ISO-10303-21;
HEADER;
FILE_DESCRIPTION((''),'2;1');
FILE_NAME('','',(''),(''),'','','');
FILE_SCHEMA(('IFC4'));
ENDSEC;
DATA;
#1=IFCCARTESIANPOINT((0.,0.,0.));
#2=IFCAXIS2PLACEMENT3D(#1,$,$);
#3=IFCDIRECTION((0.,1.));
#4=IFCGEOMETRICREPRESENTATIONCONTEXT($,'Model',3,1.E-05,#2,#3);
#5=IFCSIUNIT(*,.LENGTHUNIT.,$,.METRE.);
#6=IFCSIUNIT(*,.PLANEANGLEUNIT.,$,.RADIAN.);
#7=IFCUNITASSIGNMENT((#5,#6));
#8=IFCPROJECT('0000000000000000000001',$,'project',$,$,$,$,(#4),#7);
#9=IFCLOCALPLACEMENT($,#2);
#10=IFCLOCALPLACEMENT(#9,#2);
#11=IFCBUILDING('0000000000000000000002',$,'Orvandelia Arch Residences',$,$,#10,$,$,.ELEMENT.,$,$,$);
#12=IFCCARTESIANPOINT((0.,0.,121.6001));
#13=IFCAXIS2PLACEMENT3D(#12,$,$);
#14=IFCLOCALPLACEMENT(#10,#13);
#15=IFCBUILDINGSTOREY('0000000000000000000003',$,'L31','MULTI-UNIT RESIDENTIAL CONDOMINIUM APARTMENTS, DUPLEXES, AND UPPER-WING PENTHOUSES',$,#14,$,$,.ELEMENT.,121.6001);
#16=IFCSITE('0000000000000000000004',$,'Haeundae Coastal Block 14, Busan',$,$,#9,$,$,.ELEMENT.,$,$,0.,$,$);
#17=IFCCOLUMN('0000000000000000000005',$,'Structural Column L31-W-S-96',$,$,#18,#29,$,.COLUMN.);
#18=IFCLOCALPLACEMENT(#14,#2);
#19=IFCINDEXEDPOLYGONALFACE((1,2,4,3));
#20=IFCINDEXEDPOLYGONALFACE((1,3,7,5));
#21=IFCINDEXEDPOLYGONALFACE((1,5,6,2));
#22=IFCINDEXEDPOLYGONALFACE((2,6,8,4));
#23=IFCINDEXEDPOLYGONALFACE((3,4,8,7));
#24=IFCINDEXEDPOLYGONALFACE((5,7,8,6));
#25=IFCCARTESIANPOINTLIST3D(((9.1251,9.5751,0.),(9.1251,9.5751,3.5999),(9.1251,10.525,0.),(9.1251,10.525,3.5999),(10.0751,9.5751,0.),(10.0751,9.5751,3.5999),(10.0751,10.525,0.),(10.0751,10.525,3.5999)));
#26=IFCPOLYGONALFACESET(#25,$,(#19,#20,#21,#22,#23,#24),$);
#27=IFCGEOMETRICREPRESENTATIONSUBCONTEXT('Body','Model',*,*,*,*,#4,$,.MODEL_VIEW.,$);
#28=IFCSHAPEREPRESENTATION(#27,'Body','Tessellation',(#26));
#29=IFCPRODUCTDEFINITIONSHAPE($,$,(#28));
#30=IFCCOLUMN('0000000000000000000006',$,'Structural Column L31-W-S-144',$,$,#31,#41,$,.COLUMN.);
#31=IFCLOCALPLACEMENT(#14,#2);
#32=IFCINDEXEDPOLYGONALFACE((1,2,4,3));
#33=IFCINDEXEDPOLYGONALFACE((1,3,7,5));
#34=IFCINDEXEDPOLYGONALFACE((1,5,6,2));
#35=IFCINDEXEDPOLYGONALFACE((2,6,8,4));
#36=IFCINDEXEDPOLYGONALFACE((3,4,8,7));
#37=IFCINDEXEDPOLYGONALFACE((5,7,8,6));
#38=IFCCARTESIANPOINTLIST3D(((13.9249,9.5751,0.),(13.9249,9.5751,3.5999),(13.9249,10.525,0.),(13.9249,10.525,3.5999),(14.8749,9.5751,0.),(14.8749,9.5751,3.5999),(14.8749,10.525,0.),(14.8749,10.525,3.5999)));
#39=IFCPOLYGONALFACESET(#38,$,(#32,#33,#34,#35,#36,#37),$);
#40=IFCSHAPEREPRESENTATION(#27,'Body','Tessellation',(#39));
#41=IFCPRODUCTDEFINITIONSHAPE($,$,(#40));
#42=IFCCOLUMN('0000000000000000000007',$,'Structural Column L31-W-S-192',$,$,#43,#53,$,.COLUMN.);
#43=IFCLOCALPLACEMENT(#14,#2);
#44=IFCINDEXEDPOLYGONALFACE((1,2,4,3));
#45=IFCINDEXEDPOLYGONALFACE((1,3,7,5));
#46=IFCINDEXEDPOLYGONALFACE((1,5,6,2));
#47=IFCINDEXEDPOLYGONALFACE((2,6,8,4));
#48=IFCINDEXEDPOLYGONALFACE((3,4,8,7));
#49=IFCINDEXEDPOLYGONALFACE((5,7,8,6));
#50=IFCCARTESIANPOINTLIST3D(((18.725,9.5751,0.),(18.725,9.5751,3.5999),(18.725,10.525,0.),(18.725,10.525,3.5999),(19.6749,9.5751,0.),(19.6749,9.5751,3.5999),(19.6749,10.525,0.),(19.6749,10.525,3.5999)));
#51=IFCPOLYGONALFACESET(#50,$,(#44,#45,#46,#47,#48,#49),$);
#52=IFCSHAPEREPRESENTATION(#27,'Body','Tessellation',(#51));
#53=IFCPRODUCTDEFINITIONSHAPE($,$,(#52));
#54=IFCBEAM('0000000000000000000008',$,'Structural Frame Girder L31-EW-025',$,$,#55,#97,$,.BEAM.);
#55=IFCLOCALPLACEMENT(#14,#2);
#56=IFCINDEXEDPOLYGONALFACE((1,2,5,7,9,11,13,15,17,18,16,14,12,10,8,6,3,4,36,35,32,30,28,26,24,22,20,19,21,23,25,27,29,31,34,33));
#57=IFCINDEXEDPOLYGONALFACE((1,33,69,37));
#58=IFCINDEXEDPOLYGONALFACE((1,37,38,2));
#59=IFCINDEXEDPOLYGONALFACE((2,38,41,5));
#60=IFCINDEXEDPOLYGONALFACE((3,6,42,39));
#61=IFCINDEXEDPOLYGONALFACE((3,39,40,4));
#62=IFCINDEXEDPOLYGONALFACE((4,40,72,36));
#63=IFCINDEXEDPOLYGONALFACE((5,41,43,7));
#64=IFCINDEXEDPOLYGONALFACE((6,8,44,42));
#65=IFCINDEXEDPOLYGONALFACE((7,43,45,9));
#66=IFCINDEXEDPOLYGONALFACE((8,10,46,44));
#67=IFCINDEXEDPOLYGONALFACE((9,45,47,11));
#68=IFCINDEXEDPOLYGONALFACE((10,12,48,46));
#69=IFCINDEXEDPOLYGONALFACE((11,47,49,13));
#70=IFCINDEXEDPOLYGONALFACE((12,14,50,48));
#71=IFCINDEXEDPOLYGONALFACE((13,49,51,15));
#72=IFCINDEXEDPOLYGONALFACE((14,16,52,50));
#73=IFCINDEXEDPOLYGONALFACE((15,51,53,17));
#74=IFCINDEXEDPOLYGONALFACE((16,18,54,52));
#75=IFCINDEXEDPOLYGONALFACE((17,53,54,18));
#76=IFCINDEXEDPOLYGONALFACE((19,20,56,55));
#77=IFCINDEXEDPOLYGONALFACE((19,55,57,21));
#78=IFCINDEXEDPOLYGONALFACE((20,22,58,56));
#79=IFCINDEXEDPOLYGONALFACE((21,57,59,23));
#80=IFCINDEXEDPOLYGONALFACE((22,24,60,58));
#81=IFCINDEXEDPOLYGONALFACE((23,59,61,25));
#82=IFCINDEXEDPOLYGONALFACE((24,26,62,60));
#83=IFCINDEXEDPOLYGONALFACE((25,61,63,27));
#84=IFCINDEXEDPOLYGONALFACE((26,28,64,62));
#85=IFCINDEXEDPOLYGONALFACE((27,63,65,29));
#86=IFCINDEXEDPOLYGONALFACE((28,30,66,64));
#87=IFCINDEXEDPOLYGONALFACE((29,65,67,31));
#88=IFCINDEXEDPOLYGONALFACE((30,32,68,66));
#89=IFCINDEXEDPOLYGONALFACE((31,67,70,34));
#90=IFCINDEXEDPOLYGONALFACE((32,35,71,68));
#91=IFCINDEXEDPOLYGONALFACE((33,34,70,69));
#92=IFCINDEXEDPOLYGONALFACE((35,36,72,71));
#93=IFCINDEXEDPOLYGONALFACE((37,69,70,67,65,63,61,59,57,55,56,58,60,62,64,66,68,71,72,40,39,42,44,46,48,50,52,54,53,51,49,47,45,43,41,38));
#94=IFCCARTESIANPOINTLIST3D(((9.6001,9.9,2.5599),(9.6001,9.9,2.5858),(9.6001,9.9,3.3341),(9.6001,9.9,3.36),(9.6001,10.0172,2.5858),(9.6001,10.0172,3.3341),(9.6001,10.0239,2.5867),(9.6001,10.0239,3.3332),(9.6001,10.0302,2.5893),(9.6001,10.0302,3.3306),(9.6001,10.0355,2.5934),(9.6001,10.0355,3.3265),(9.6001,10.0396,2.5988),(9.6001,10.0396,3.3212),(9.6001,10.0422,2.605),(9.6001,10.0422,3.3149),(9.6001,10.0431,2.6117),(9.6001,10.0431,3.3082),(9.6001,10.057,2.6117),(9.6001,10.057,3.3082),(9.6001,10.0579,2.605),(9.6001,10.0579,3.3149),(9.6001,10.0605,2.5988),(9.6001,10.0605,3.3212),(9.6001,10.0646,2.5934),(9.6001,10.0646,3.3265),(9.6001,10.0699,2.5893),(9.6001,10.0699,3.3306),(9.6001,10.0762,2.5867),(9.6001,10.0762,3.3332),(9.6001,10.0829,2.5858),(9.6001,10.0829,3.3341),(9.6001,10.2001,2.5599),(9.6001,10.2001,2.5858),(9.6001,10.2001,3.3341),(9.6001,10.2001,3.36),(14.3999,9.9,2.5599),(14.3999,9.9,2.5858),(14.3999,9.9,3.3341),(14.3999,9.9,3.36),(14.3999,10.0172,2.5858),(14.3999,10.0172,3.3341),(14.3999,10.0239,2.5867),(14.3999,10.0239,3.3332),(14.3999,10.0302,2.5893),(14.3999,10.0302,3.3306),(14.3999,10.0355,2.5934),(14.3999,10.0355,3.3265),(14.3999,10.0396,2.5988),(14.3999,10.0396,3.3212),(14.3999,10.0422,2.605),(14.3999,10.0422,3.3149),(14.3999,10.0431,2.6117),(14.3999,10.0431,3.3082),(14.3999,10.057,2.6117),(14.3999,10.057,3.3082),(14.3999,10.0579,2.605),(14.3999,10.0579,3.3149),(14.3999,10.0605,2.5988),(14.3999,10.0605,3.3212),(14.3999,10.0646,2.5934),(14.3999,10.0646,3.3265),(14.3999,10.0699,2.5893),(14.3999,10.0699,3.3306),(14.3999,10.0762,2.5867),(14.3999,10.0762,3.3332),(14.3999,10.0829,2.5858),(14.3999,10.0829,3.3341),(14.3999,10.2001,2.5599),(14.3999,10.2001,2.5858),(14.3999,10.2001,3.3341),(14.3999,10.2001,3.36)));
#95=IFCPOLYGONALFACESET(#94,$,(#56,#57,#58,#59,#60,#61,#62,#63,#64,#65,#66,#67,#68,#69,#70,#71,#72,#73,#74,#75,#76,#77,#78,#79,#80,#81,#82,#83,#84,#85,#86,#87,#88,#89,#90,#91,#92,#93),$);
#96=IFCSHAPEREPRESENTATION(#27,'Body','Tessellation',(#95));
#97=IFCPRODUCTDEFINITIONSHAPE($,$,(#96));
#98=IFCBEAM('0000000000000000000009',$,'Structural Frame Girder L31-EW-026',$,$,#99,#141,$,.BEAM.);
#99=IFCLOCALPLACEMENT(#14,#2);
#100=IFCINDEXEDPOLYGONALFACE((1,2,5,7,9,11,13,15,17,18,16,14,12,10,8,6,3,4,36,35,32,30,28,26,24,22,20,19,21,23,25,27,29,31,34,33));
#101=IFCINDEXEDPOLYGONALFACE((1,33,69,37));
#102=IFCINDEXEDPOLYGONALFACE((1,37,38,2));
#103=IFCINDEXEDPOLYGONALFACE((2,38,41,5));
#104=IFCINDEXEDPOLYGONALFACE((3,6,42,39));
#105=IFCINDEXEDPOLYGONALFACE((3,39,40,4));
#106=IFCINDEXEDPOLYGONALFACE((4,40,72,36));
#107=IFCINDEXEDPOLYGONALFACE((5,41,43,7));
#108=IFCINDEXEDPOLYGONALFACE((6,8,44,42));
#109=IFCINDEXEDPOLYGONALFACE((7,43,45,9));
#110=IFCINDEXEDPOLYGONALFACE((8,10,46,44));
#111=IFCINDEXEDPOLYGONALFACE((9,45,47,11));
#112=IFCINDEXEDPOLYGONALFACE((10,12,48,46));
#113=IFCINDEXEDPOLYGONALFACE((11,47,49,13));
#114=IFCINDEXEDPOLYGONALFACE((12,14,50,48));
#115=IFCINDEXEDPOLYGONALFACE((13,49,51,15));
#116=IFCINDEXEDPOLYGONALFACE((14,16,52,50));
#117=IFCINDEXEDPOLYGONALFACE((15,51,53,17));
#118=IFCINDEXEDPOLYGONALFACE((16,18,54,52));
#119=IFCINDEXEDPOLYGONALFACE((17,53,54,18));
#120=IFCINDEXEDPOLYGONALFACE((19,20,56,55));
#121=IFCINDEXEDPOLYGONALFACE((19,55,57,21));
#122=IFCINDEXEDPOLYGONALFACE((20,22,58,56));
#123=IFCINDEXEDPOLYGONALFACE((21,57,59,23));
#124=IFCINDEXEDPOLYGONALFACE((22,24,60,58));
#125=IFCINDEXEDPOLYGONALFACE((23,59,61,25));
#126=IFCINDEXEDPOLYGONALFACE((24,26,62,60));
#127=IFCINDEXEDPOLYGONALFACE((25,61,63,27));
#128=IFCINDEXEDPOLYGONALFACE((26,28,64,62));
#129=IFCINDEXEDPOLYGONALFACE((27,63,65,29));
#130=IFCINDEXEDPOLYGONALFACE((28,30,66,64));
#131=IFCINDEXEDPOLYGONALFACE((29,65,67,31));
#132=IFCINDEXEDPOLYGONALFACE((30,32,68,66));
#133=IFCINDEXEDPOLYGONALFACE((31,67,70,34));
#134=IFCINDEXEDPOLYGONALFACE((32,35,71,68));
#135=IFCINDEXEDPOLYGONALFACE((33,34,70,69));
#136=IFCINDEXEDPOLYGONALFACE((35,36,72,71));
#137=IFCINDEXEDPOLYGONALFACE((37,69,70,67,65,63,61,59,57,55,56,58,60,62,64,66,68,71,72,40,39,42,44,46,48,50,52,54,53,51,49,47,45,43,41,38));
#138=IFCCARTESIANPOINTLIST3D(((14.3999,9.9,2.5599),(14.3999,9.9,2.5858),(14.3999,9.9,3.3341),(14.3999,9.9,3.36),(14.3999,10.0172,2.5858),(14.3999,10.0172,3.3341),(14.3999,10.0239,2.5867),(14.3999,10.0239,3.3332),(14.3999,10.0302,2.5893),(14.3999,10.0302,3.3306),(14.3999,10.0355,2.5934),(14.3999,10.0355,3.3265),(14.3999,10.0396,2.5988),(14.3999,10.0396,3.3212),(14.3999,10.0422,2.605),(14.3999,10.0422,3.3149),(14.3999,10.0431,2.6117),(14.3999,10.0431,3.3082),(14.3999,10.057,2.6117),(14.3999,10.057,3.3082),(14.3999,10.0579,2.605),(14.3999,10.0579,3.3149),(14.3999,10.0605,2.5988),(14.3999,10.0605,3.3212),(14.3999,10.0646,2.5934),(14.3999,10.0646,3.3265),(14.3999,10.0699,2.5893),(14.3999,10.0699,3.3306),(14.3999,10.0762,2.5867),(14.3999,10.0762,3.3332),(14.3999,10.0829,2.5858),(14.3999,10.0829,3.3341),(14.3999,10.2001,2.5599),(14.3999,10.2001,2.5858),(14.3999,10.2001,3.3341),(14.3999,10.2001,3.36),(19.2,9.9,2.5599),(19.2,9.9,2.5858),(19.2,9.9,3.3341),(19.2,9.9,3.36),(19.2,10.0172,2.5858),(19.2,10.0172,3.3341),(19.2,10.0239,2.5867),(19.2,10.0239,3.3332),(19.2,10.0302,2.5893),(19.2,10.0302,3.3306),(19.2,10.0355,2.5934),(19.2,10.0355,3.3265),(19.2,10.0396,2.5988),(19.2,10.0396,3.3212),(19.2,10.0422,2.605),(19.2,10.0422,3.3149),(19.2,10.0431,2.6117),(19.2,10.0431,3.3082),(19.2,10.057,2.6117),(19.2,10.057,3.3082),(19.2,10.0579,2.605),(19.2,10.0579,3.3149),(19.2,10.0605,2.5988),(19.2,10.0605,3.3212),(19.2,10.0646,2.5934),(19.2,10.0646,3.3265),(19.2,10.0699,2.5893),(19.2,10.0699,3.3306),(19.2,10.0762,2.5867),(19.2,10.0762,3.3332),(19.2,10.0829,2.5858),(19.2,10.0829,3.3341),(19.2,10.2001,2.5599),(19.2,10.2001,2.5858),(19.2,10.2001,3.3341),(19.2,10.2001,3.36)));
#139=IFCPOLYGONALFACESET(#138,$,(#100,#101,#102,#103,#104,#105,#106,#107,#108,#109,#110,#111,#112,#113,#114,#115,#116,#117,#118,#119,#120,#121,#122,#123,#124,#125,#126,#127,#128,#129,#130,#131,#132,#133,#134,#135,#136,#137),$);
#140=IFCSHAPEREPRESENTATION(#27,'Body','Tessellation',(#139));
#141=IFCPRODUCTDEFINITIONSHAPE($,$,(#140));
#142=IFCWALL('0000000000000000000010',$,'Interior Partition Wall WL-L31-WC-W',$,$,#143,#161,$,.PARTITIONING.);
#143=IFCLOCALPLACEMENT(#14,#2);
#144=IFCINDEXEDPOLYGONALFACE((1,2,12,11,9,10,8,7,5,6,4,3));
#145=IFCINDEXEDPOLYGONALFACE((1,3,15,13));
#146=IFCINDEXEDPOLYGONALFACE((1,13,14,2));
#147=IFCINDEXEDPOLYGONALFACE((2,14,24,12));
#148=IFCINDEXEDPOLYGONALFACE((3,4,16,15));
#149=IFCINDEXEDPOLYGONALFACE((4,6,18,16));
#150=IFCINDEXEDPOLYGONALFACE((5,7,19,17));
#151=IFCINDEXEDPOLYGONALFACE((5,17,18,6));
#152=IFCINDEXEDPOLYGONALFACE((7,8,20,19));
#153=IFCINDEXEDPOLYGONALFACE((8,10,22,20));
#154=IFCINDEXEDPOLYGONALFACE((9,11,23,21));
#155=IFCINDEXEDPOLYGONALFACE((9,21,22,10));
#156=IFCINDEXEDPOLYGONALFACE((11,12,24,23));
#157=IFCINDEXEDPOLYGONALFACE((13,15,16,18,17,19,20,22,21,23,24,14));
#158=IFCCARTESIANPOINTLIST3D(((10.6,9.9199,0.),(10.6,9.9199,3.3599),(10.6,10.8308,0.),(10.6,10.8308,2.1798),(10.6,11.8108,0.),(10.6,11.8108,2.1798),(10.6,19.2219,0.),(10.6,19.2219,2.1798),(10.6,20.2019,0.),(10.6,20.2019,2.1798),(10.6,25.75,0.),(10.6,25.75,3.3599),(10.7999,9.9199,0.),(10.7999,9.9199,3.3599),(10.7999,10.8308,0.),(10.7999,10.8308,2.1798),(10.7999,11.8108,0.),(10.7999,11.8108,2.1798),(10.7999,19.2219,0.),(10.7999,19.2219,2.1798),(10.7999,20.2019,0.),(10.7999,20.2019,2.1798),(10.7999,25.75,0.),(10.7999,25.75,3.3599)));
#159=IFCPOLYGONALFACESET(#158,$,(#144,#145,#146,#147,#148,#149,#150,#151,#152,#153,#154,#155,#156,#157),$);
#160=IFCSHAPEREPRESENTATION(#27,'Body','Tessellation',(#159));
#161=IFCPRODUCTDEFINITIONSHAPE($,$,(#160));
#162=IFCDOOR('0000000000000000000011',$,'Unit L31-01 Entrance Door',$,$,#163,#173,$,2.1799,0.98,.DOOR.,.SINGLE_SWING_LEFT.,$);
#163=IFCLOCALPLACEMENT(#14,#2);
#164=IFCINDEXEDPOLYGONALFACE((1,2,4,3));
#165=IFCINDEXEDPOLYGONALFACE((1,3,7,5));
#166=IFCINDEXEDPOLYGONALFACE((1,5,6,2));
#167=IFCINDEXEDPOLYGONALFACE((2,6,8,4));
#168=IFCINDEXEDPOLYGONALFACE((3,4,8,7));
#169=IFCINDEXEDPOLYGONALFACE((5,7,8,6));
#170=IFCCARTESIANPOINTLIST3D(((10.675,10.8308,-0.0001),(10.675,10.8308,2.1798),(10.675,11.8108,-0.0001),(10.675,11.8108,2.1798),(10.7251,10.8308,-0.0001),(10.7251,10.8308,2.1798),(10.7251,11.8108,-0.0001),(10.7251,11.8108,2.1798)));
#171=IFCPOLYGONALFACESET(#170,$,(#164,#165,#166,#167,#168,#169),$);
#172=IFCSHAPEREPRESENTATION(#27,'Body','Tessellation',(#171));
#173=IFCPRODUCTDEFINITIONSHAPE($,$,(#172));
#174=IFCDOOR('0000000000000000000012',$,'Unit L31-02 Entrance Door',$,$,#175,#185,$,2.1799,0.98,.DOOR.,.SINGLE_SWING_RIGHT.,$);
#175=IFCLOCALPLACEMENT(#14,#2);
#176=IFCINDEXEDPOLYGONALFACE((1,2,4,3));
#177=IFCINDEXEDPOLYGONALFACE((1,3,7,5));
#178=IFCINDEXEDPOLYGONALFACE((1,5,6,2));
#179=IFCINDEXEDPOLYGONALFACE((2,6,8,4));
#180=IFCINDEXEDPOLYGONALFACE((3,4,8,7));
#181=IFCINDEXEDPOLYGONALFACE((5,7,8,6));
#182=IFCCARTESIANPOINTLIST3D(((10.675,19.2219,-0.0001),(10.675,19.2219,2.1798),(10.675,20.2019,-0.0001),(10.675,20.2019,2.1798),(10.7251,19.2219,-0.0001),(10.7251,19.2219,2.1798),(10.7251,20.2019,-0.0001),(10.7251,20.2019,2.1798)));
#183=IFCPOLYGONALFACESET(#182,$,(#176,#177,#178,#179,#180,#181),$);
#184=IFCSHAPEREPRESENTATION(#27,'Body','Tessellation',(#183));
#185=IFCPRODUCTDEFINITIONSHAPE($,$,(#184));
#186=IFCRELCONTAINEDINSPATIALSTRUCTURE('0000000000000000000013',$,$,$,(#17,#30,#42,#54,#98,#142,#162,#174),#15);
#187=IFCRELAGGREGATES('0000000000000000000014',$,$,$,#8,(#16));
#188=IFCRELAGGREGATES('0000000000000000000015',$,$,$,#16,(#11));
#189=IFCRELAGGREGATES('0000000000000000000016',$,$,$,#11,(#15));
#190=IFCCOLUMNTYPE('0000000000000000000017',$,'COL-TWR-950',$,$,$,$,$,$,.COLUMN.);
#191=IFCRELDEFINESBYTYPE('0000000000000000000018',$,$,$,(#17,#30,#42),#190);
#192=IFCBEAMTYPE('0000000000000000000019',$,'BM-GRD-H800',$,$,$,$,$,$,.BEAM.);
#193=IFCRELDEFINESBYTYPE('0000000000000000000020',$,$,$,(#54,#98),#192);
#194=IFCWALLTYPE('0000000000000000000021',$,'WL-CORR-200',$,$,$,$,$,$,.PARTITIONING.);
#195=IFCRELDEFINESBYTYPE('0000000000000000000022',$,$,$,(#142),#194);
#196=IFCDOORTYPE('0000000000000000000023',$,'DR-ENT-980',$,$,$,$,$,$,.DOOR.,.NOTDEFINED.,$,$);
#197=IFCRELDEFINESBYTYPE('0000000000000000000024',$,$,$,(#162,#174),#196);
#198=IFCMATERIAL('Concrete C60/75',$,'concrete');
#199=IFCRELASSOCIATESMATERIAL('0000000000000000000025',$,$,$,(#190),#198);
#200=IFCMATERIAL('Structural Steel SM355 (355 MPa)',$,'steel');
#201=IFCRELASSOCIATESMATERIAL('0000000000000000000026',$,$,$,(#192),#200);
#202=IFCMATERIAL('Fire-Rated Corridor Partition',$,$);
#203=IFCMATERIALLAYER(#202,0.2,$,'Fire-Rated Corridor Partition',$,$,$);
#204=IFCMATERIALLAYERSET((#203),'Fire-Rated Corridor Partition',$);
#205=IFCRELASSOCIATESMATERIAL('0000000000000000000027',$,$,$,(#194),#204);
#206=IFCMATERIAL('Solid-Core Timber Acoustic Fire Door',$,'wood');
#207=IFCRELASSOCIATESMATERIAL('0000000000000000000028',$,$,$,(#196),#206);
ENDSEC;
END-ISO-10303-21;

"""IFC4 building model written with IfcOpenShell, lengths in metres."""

from ifc_helpers import new_model, si_unit, direction, frame, frame_2d, origin, origin_2d, place, context, subcontext, project, spatial, rectangle, i_section, extrude, material, layer, layer_set, material_profile, profile_set, type_object, element, fill, save


model = new_model("IFC4")

# Units and contexts
model_context = context("Model", 3, precision=1e-05, world=origin(), true_north=direction((0.0, 1.0)))
body_context = subcontext(model_context, "Body", "Model", "MODEL_VIEW")
ifc_project = project(units=[si_unit("LENGTHUNIT", "METRE"), si_unit("PLANEANGLEUNIT", "RADIAN")], contexts=[model_context])

# Site, building, storey
site_placement = place(None, origin())
site = spatial("IfcSite", under=ifc_project, at=site_placement, Name="Haeundae Coastal Block 14, Busan", CompositionType="ELEMENT", RefElevation=0.0)
building_placement = place(site_placement, origin())
building = spatial("IfcBuilding", under=site, at=building_placement, Name="Orvandelia Arch Residences", CompositionType="ELEMENT")
storey_placement = place(building_placement, frame((0.0, 0.0, 121.6001)))
storey = spatial("IfcBuildingStorey", under=building, at=storey_placement, Name="L31", Description="MULTI-UNIT RESIDENTIAL CONDOMINIUM APARTMENTS, DUPLEXES, AND UPPER-WING PENTHOUSES", CompositionType="ELEMENT", Elevation=121.6001)

# Columns
ifc_material_1 = material(Name="Concrete C60/75", Category="concrete")
ifc_material_profile_1 = material_profile(ifc_material_1, rectangle(XDim=0.95, YDim=0.95, at=origin_2d()), Name="Concrete C60/75", Category="concrete")
ifc_profile_set_1 = profile_set([ifc_material_profile_1], Name="Concrete C60/75")
column_type = type_object("IfcColumnType", Name="COL-TWR-950", PredefinedType="COLUMN", material=ifc_profile_set_1)
for number, where, z_axis, x_axis, name in (
    (1, (9.6001, 10.05, 0.0), (0.0, 0.0, 1.0), (1.0, 0.0, 0.0), "Structural Column L31-W-S-96"),
    (2, (14.3999, 10.05, 0.0), (0.0, 0.0, 1.0), (1.0, 0.0, 0.0), "Structural Column L31-W-S-144"),
    (3, (19.2, 10.05, 0.0), (0.0, 0.0, 1.0), (1.0, 0.0, 0.0), "Structural Column L31-W-S-192"),
):
    element("IfcColumn", number, at=place(storey_placement, frame(where, z_axis=z_axis, x_axis=x_axis)), inside=storey, type_object=column_type, Name=name, PredefinedType="COLUMN", context=body_context, shape_type="SweptSolid", body=[
        extrude(rectangle(XDim=0.95, YDim=0.95, at=origin_2d()), origin(), (0.0, 0.0, 1.0), 3.5999),
    ])

# Beams
ifc_material_2 = material(Name="Structural Steel SM355 (355 MPa)", Category="steel")
ifc_material_profile_2 = material_profile(ifc_material_2, i_section(OverallWidth=0.3, OverallDepth=0.8, WebThickness=0.0139, FlangeThickness=0.0259, FilletRadius=0.0259, at=origin_2d()), Name="Structural Steel SM355 (355 MPa)", Category="steel")
ifc_profile_set_2 = profile_set([ifc_material_profile_2], Name="Structural Steel SM355 (355 MPa)")
beam_type = type_object("IfcBeamType", Name="BM-GRD-H800", PredefinedType="BEAM", material=ifc_profile_set_2)
beam_1_placement = place(storey_placement, frame((9.6001, 10.05, 2.96), z_axis=(1.0, 0.0, 0.0), x_axis=(0.0, 1.0, 0.0)))
element("IfcBeam", 4, at=beam_1_placement, inside=storey, type_object=beam_type, Name="Structural Frame Girder L31-EW-025", PredefinedType="BEAM", context=body_context, shape_type="SweptSolid", body=[
    extrude(i_section(OverallWidth=0.3, OverallDepth=0.8, WebThickness=0.0139, FlangeThickness=0.0259, FilletRadius=0.0259, at=origin_2d()), origin(), (0.0, 0.0, 1.0), 4.7998),
])
beam_2_placement = place(storey_placement, frame((14.3999, 10.05, 2.96), z_axis=(1.0, 0.0, 0.0), x_axis=(0.0, 1.0, 0.0)))
element("IfcBeam", 5, at=beam_2_placement, inside=storey, type_object=beam_type, Name="Structural Frame Girder L31-EW-026", PredefinedType="BEAM", context=body_context, shape_type="SweptSolid", body=[
    extrude(i_section(OverallWidth=0.3, OverallDepth=0.8, WebThickness=0.0139, FlangeThickness=0.0259, FilletRadius=0.0259, at=origin_2d()), origin(), (0.0, 0.0, 1.0), 4.8),
])

# Wall, openings, doors
ifc_material_3 = material(Name="Fire-Rated Corridor Partition")
ifc_layer_1 = layer(ifc_material_3, 0.2, Name="Fire-Rated Corridor Partition")
ifc_layer_set_1 = layer_set([ifc_layer_1], Name="Fire-Rated Corridor Partition")
wall_type_1 = type_object("IfcWallType", Name="WL-CORR-200", PredefinedType="PARTITIONING", material=ifc_layer_set_1)
wall_1_placement = place(storey_placement, frame((10.7, 9.9199, 0.0), z_axis=(0.0, 0.0, 1.0), x_axis=(0.0, 1.0, 0.0)))
wall_1 = element("IfcWall", 6, at=wall_1_placement, inside=storey, type_object=wall_type_1, Name="Interior Partition Wall WL-L31-WC-W", PredefinedType="PARTITIONING", context=body_context, shape_type="SweptSolid", body=[
    extrude(rectangle(XDim=15.8301, YDim=0.2, at=frame_2d((7.915, 0.0))), origin(), (0.0, 0.0, 1.0), 3.3599),
])
opening_1_placement = place(wall_1_placement, frame((0.9109, 0.0, 0.0)))
opening_1 = element("IfcOpeningElement", 7, at=opening_1_placement, cuts=wall_1, PredefinedType="OPENING", context=body_context, shape_type="SweptSolid", body=[
    extrude(rectangle(XDim=0.98, YDim=2.1799, at=frame_2d((0.49, 1.0898))), frame((0.0, 0.1099, 0.0), z_axis=(0.0, -1.0, 0.0), x_axis=(1.0, 0.0, 0.0)), (0.0, 0.0, 1.0), 0.22),
])
opening_2_placement = place(wall_1_placement, frame((9.302, 0.0, 0.0)))
opening_2 = element("IfcOpeningElement", 8, at=opening_2_placement, cuts=wall_1, PredefinedType="OPENING", context=body_context, shape_type="SweptSolid", body=[
    extrude(rectangle(XDim=0.98, YDim=2.1799, at=frame_2d((0.49, 1.0898))), frame((0.0, 0.1099, 0.0), z_axis=(0.0, -1.0, 0.0), x_axis=(1.0, 0.0, 0.0)), (0.0, 0.0, 1.0), 0.22),
])
ifc_material_4 = material(Name="Solid-Core Timber Acoustic Fire Door", Category="wood")
door_type_1 = type_object("IfcDoorType", Name="DR-ENT-980", OperationType="NOTDEFINED", PredefinedType="DOOR", material=ifc_material_4)
door_1_placement = place(opening_1_placement, origin())
door_1 = element("IfcDoor", 9, at=door_1_placement, inside=storey, type_object=door_type_1, Name="Unit L31-01 Entrance Door", OperationType="SINGLE_SWING_LEFT", OverallHeight=2.1799, OverallWidth=0.98, PredefinedType="DOOR", context=body_context, shape_type="SweptSolid", body=[
    extrude(rectangle(XDim=0.98, YDim=2.1799, at=frame_2d((0.49, 1.0898))), frame((0.0, 0.0249, 0.0), z_axis=(0.0, -1.0, 0.0), x_axis=(1.0, 0.0, 0.0)), (0.0, 0.0, 1.0), 0.05),
])
fill(opening_1, door_1)
door_2_placement = place(opening_2_placement, origin())
door_2 = element("IfcDoor", 10, at=door_2_placement, inside=storey, type_object=door_type_1, Name="Unit L31-02 Entrance Door", OperationType="SINGLE_SWING_RIGHT", OverallHeight=2.1799, OverallWidth=0.98, PredefinedType="DOOR", context=body_context, shape_type="SweptSolid", body=[
    extrude(rectangle(XDim=0.98, YDim=2.1799, at=frame_2d((0.49, 1.0898))), frame((0.0, 0.0249, 0.0), z_axis=(0.0, -1.0, 0.0), x_axis=(1.0, 0.0, 0.0)), (0.0, 0.0, 1.0), 0.05),
])
fill(opening_2, door_2)

save(model, "model.ifc")
